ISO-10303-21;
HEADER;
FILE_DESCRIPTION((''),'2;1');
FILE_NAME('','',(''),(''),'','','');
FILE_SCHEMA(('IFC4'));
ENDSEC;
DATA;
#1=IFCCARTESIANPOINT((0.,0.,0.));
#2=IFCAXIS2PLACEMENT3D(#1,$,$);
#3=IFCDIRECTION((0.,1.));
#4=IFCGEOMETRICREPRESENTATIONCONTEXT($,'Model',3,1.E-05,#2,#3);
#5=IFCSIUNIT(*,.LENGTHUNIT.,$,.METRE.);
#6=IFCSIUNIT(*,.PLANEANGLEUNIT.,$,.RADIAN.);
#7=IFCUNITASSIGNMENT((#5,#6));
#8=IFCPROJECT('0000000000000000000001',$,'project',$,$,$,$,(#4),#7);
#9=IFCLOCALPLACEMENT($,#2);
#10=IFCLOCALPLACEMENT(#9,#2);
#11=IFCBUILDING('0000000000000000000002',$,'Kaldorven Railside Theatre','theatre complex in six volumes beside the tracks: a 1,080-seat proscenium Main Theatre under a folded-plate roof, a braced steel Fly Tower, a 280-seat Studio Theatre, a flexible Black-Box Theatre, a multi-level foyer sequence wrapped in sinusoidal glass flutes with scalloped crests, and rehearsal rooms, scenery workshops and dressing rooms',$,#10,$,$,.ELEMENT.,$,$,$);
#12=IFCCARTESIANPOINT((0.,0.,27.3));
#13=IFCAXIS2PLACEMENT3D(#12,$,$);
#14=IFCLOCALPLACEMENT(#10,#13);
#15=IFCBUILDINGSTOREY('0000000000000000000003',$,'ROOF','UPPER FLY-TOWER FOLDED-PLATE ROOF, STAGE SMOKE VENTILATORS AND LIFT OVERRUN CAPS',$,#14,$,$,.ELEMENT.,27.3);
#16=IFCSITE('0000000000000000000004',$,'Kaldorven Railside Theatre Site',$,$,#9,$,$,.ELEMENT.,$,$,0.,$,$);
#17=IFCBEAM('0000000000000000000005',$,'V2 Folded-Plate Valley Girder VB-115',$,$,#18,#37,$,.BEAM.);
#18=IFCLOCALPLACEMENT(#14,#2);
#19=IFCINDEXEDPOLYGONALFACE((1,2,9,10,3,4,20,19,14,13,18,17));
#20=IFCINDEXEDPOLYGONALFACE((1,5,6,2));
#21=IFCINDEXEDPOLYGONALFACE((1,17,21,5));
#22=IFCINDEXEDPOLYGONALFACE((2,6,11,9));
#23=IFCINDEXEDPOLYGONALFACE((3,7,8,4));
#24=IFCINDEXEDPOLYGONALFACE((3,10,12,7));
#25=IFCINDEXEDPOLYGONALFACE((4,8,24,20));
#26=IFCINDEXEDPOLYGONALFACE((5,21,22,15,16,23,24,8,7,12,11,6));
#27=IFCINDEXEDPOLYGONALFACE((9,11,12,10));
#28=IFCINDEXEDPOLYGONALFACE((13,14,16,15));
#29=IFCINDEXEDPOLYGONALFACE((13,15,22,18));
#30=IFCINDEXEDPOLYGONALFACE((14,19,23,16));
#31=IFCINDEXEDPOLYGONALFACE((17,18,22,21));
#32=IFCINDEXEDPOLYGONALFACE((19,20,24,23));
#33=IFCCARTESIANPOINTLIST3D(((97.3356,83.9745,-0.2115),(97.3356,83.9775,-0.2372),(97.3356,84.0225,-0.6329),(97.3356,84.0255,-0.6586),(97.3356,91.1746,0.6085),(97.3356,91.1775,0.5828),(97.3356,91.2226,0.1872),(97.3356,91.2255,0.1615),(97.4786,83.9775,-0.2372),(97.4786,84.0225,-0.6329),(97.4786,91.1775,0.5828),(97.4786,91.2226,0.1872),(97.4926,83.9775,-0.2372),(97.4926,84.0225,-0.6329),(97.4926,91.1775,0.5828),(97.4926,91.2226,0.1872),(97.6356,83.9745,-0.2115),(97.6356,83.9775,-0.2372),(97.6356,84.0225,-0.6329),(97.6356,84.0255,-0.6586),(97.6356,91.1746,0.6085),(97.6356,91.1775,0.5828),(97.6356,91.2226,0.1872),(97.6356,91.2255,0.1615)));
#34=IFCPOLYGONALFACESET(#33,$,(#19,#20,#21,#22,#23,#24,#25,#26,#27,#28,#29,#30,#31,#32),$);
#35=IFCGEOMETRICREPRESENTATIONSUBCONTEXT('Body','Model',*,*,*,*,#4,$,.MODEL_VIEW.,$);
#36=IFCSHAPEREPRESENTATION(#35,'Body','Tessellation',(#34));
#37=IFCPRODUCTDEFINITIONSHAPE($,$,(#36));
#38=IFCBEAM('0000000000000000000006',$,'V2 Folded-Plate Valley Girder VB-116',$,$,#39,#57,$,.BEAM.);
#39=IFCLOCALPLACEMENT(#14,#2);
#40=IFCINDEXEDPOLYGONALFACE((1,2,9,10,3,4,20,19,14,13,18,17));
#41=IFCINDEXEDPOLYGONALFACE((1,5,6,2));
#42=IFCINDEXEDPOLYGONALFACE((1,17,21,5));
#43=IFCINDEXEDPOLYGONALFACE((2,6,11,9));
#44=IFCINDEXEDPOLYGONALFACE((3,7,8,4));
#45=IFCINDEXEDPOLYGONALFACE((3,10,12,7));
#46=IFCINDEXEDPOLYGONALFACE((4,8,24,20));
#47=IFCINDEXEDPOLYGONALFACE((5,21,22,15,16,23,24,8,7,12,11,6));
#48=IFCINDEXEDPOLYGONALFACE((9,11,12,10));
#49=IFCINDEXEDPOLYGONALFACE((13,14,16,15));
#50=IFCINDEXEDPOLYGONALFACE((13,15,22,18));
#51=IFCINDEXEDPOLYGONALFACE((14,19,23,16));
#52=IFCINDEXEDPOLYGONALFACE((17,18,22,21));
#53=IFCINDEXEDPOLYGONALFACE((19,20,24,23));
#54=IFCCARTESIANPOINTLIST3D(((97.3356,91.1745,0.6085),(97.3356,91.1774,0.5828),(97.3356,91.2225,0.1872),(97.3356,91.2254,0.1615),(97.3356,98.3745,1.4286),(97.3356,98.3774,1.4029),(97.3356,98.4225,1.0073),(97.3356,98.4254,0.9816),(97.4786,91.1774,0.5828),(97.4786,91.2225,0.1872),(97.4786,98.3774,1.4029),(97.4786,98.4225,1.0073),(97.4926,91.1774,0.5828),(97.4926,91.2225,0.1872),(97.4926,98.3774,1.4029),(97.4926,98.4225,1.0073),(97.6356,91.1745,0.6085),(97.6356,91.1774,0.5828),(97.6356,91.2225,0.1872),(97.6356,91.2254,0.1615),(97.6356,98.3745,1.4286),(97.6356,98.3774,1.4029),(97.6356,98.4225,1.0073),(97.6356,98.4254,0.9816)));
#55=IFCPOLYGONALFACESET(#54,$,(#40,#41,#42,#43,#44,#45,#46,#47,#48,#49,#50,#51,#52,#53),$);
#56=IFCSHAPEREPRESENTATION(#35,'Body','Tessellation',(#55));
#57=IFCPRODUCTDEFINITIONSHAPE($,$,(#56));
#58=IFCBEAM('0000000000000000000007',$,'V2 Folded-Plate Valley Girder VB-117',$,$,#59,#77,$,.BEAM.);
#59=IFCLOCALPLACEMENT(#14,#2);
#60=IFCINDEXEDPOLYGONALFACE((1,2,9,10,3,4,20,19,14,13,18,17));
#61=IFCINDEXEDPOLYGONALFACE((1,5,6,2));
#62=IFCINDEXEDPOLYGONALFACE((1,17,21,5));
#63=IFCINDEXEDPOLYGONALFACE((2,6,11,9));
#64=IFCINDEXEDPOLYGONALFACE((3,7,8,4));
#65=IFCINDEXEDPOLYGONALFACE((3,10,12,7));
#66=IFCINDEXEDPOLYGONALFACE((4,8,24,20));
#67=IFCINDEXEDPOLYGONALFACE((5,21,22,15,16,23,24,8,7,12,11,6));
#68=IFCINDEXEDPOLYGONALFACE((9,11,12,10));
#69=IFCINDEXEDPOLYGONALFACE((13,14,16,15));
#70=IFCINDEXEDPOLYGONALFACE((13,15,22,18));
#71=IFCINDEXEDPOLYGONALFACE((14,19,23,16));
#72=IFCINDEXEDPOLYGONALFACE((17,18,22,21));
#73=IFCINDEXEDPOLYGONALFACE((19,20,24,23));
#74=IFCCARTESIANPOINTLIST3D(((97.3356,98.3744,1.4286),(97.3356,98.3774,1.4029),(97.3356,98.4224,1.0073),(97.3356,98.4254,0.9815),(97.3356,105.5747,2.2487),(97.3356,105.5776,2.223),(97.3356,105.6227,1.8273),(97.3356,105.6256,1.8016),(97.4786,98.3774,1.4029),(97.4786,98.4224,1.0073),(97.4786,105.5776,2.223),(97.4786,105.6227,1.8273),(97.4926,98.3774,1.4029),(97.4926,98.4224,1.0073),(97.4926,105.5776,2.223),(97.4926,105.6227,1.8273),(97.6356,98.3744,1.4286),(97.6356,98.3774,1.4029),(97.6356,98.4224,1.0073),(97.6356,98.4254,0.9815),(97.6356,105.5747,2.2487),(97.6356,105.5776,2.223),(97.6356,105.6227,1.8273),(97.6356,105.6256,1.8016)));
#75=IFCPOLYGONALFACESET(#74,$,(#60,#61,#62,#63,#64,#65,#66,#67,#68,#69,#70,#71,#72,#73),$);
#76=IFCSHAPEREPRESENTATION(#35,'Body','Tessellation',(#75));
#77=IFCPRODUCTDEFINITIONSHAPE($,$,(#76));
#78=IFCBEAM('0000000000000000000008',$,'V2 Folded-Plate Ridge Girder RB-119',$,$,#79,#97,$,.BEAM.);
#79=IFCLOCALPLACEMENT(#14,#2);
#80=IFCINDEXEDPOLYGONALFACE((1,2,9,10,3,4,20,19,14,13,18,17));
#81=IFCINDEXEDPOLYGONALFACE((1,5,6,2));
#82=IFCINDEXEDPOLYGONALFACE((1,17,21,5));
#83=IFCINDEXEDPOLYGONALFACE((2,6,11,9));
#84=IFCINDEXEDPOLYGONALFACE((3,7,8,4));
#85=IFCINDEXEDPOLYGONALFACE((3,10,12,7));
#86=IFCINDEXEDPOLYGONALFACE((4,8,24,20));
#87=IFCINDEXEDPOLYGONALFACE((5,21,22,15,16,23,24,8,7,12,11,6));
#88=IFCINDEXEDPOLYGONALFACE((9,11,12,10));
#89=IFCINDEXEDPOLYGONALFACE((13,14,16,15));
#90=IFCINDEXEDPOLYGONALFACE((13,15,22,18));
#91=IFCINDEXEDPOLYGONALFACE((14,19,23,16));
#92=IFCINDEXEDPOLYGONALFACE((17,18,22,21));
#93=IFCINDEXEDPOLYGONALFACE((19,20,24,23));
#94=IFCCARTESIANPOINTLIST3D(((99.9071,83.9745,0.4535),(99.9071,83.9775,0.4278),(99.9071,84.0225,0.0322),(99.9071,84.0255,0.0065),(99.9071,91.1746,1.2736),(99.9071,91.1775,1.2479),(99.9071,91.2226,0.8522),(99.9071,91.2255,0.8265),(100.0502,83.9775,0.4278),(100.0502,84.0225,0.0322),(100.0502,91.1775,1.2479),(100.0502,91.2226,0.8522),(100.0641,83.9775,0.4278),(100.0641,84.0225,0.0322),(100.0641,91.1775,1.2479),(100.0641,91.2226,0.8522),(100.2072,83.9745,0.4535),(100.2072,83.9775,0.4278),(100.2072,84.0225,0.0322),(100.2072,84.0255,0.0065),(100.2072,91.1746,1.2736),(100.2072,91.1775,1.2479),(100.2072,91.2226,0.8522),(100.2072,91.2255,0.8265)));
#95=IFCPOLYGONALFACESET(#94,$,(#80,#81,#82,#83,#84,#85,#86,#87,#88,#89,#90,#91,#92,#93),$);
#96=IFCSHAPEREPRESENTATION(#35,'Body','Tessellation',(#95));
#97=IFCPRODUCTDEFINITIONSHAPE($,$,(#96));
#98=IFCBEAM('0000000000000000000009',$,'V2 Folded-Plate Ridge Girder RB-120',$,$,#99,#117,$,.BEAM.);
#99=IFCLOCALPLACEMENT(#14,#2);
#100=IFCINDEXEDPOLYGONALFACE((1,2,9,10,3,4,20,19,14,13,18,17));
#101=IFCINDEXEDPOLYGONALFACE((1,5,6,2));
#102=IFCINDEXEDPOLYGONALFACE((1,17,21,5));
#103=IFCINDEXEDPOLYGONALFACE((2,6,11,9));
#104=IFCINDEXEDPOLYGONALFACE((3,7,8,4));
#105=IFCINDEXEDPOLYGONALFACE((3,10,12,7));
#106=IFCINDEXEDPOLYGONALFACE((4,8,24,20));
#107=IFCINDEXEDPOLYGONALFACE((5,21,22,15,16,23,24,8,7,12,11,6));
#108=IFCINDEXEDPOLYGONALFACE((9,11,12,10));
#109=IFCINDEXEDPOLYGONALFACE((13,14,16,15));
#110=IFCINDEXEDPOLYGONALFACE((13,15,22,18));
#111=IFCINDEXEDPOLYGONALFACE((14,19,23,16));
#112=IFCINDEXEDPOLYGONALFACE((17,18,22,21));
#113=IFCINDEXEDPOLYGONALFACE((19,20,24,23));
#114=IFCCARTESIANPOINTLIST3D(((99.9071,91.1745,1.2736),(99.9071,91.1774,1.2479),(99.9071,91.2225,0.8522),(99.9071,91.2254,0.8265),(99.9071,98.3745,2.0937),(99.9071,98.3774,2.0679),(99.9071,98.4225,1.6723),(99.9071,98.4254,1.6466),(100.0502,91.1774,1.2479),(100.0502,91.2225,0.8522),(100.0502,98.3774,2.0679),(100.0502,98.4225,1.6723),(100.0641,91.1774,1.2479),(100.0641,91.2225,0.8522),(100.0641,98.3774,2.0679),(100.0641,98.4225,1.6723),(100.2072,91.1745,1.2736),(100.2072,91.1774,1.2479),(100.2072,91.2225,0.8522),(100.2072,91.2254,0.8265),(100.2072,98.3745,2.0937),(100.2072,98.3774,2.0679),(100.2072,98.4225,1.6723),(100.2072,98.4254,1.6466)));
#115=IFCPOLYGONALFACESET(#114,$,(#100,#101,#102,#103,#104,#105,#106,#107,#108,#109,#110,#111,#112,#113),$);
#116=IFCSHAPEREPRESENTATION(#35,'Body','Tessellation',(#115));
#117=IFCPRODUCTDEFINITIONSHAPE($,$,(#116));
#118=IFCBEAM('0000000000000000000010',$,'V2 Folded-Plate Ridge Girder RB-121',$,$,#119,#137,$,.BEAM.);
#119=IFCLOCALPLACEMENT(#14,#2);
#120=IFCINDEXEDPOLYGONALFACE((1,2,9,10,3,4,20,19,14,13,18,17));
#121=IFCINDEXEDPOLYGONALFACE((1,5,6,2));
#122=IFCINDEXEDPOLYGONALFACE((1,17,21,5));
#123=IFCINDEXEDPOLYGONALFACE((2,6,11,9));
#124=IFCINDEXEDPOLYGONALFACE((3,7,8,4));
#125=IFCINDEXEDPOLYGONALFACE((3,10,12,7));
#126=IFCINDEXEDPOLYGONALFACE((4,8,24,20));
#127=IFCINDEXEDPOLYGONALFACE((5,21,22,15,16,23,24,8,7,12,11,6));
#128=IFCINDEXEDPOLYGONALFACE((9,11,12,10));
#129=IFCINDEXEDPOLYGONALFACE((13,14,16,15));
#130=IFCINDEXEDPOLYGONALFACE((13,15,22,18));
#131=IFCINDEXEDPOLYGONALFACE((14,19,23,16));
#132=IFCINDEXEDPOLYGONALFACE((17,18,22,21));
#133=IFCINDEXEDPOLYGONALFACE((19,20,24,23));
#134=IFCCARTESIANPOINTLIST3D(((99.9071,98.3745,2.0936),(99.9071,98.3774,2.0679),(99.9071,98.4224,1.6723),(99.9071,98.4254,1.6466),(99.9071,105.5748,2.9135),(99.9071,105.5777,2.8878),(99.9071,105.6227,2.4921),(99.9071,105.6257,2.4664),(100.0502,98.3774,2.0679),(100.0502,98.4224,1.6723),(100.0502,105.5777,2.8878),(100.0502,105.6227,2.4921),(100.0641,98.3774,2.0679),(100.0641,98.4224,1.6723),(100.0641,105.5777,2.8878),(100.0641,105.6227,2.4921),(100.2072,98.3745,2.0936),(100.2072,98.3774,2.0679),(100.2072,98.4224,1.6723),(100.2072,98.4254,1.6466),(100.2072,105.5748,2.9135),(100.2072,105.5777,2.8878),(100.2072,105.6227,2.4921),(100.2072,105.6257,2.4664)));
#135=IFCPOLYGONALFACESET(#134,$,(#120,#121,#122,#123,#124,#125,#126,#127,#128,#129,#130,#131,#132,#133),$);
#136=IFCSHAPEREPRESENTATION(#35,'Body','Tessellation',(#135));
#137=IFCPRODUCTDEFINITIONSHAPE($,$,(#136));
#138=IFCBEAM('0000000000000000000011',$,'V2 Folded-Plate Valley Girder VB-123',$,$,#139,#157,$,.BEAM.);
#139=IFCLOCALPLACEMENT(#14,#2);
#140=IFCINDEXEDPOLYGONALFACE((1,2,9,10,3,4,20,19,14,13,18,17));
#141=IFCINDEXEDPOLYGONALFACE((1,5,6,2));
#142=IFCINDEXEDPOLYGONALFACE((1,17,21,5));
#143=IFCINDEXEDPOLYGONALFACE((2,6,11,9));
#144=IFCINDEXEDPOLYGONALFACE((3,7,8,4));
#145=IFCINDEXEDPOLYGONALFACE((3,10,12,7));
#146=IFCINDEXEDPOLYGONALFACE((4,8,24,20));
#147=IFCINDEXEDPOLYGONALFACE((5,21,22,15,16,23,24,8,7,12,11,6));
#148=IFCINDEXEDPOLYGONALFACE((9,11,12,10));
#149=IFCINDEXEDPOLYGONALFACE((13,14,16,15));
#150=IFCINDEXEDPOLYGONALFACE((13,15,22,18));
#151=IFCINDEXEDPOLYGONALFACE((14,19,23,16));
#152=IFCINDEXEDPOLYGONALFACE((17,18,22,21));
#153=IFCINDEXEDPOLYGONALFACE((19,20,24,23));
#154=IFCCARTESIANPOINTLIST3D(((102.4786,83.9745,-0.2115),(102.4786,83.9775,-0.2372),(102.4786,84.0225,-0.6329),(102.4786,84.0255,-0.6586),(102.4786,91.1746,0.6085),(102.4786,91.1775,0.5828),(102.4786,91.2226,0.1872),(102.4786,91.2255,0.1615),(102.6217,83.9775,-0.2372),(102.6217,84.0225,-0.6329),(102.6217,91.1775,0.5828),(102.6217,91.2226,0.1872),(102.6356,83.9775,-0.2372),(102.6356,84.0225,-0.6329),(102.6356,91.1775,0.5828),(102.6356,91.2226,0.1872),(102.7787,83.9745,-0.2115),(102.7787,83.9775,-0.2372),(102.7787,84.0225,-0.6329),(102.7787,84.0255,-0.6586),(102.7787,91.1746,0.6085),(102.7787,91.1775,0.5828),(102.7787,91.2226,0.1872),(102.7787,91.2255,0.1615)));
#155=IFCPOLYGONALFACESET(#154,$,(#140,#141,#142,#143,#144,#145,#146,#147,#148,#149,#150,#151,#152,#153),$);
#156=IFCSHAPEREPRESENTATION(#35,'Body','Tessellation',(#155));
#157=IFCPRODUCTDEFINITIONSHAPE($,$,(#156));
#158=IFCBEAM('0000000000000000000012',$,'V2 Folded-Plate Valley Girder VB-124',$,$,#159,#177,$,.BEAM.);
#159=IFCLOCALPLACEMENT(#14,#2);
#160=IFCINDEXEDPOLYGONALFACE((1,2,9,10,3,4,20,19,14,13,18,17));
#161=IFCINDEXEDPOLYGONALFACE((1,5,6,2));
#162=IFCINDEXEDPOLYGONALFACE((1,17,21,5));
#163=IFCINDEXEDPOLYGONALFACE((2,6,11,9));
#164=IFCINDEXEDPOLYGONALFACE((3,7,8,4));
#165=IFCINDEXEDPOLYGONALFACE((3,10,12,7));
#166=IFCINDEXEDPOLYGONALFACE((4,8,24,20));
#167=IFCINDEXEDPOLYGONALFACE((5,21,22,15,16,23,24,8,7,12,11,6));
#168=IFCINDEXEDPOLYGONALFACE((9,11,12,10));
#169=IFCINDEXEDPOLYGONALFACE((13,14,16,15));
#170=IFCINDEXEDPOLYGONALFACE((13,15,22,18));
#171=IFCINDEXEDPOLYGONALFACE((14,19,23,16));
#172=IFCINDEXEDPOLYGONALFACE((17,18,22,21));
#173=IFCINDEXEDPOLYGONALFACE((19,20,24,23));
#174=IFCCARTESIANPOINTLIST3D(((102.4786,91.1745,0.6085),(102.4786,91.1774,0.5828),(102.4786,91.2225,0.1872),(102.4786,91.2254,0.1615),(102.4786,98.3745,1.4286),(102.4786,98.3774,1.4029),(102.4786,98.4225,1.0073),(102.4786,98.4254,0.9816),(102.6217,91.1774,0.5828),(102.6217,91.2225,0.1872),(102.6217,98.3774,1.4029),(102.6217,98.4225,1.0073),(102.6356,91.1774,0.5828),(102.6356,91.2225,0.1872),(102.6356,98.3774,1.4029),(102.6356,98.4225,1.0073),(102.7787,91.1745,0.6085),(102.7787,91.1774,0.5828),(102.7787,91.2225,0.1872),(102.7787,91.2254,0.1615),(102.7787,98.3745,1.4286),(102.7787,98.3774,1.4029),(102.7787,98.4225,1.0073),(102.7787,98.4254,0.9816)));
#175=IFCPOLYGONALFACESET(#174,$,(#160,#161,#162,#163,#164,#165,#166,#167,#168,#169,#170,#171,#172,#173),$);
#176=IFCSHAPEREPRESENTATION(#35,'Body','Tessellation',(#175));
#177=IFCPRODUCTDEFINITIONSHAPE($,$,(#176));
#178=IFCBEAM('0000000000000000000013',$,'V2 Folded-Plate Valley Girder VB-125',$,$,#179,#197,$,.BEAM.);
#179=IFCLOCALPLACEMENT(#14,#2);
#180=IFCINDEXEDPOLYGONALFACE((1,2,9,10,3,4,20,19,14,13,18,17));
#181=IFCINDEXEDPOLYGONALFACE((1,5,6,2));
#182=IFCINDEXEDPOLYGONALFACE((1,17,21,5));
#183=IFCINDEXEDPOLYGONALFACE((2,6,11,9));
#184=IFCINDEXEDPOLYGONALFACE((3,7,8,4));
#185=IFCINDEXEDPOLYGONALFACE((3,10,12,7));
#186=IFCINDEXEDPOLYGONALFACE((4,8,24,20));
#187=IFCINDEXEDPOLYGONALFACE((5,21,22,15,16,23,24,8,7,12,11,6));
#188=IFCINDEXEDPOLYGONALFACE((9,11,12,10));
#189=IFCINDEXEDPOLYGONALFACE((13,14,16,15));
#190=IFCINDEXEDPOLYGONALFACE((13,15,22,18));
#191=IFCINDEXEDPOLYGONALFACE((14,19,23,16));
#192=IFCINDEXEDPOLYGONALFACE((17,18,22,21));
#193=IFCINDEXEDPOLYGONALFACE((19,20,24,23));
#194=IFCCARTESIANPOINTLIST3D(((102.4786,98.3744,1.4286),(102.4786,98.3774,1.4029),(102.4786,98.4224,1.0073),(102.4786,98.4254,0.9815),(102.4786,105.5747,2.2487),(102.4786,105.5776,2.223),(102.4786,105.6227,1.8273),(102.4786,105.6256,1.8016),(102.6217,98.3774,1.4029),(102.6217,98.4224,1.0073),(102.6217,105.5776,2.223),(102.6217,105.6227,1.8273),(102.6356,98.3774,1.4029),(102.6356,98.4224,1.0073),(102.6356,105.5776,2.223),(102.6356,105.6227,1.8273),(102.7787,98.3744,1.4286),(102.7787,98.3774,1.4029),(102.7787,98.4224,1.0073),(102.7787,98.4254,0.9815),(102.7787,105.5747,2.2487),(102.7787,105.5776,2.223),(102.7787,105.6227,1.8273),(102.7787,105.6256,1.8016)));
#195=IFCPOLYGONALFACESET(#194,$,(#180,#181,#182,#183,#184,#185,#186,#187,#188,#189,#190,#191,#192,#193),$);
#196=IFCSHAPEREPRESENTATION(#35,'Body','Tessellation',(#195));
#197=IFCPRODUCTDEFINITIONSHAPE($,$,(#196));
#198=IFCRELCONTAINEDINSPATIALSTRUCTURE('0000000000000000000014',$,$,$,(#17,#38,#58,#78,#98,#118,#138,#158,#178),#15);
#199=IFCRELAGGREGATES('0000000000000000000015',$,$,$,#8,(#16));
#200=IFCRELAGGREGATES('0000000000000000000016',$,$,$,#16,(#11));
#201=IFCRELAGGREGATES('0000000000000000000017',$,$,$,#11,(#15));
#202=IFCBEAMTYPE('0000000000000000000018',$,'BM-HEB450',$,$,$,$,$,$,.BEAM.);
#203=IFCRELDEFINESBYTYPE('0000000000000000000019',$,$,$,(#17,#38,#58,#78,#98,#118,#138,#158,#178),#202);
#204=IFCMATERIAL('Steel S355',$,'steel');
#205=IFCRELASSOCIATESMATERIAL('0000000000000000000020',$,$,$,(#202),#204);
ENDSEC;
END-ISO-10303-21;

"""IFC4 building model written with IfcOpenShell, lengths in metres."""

from ifc_helpers import new_model, si_unit, direction, frame, origin, origin_2d, place, context, subcontext, project, spatial, i_section, extrude, material, material_profile, profile_set, type_object, element, save


model = new_model("IFC4")

# Units and contexts
model_context = context("Model", 3, precision=1e-05, world=origin(), true_north=direction((0.0, 1.0)))
body_context = subcontext(model_context, "Body", "Model", "MODEL_VIEW")
ifc_project = project(units=[si_unit("LENGTHUNIT", "METRE"), si_unit("PLANEANGLEUNIT", "RADIAN")], contexts=[model_context])

# Site, building, storey
site_placement = place(None, origin())
site = spatial("IfcSite", under=ifc_project, at=site_placement, Name="Kaldorven Railside Theatre Site", CompositionType="ELEMENT", RefElevation=0.0)
building_placement = place(site_placement, origin())
building = spatial("IfcBuilding", under=site, at=building_placement, Name="Kaldorven Railside Theatre", Description="theatre complex in six volumes beside the tracks: a 1,080-seat proscenium Main Theatre under a folded-plate roof, a braced steel Fly Tower, a 280-seat Studio Theatre, a flexible Black-Box Theatre, a multi-level foyer sequence wrapped in sinusoidal glass flutes with scalloped crests, and rehearsal rooms, scenery workshops and dressing rooms", CompositionType="ELEMENT")
storey_placement = place(building_placement, frame((0.0, 0.0, 27.3)))
storey = spatial("IfcBuildingStorey", under=building, at=storey_placement, Name="ROOF", Description="UPPER FLY-TOWER FOLDED-PLATE ROOF, STAGE SMOKE VENTILATORS AND LIFT OVERRUN CAPS", CompositionType="ELEMENT", Elevation=27.3)

# Beams
ifc_material_1 = material(Name="Steel S355", Category="steel")
ifc_material_profile_1 = material_profile(ifc_material_1, i_section(OverallWidth=0.3, OverallDepth=0.45, WebThickness=0.0139, FlangeThickness=0.0259, at=origin_2d()), Name="HEB 450")
ifc_profile_set_1 = profile_set([ifc_material_profile_1], Name="Steel S355")
beam_type = type_object("IfcBeamType", Name="BM-HEB450", PredefinedType="BEAM", material=ifc_profile_set_1)
for number, where, z_axis, x_axis, name in (
    (1, (97.4856, 84.0, -0.4351), (0.0, 0.993576, 0.113167), (-1.0, 0.0, 0.0), "V2 Folded-Plate Valley Girder VB-115"),
    (2, (97.4856, 91.2, 0.385), (0.0, 0.993576, 0.113167), (-1.0, 0.0, 0.0), "V2 Folded-Plate Valley Girder VB-116"),
):
    element("IfcBeam", number, at=place(storey_placement, frame(where, z_axis=z_axis, x_axis=x_axis)), inside=storey, type_object=beam_type, Name=name, PredefinedType="BEAM", context=body_context, shape_type="SweptSolid", body=[
        extrude(i_section(OverallWidth=0.3, OverallDepth=0.45, WebThickness=0.0139, FlangeThickness=0.0259, at=origin_2d()), origin(), (0.0, 0.0, 1.0), 7.2466),
    ])
beam_1_placement = place(storey_placement, frame((97.4856, 98.3999, 1.2051), z_axis=(0.0, 0.993576, 0.113164), x_axis=(-1.0, 0.0, 0.0)))
element("IfcBeam", 3, at=beam_1_placement, inside=storey, type_object=beam_type, Name="V2 Folded-Plate Valley Girder VB-117", PredefinedType="BEAM", context=body_context, shape_type="SweptSolid", body=[
    extrude(i_section(OverallWidth=0.3, OverallDepth=0.45, WebThickness=0.0139, FlangeThickness=0.0259, at=origin_2d()), origin(), (0.0, 0.0, 1.0), 7.2468),
])
for number, where, z_axis, x_axis, name in (
    (4, (100.0571, 84.0, 0.23), (0.0, 0.993576, 0.113167), (-1.0, 0.0, 0.0), "V2 Folded-Plate Ridge Girder RB-119"),
    (5, (100.0571, 91.2, 1.05), (0.0, 0.993576, 0.113167), (-1.0, 0.0, 0.0), "V2 Folded-Plate Ridge Girder RB-120"),
):
    element("IfcBeam", number, at=place(storey_placement, frame(where, z_axis=z_axis, x_axis=x_axis)), inside=storey, type_object=beam_type, Name=name, PredefinedType="BEAM", context=body_context, shape_type="SweptSolid", body=[
        extrude(i_section(OverallWidth=0.3, OverallDepth=0.45, WebThickness=0.0139, FlangeThickness=0.0259, at=origin_2d()), origin(), (0.0, 0.0, 1.0), 7.2466),
    ])
beam_2_placement = place(storey_placement, frame((100.0571, 98.3999, 1.8701), z_axis=(0.0, 0.99358, 0.11313), x_axis=(-1.0, 0.0, 0.0)))
element("IfcBeam", 6, at=beam_2_placement, inside=storey, type_object=beam_type, Name="V2 Folded-Plate Ridge Girder RB-121", PredefinedType="BEAM", context=body_context, shape_type="SweptSolid", body=[
    extrude(i_section(OverallWidth=0.3, OverallDepth=0.45, WebThickness=0.0139, FlangeThickness=0.0259, at=origin_2d()), origin(), (0.0, 0.0, 1.0), 7.2468),
])
for number, where, z_axis, x_axis, name in (
    (7, (102.6287, 84.0, -0.4351), (0.0, 0.993576, 0.113167), (-1.0, 0.0, 0.0), "V2 Folded-Plate Valley Girder VB-123"),
    (8, (102.6287, 91.2, 0.385), (0.0, 0.993576, 0.113167), (-1.0, 0.0, 0.0), "V2 Folded-Plate Valley Girder VB-124"),
):
    element("IfcBeam", number, at=place(storey_placement, frame(where, z_axis=z_axis, x_axis=x_axis)), inside=storey, type_object=beam_type, Name=name, PredefinedType="BEAM", context=body_context, shape_type="SweptSolid", body=[
        extrude(i_section(OverallWidth=0.3, OverallDepth=0.45, WebThickness=0.0139, FlangeThickness=0.0259, at=origin_2d()), origin(), (0.0, 0.0, 1.0), 7.2466),
    ])
beam_3_placement = place(storey_placement, frame((102.6287, 98.3999, 1.2051), z_axis=(0.0, 0.993576, 0.113164), x_axis=(-1.0, 0.0, 0.0)))
element("IfcBeam", 9, at=beam_3_placement, inside=storey, type_object=beam_type, Name="V2 Folded-Plate Valley Girder VB-125", PredefinedType="BEAM", context=body_context, shape_type="SweptSolid", body=[
    extrude(i_section(OverallWidth=0.3, OverallDepth=0.45, WebThickness=0.0139, FlangeThickness=0.0259, at=origin_2d()), origin(), (0.0, 0.0, 1.0), 7.2468),
])

save(model, "model.ifc")
